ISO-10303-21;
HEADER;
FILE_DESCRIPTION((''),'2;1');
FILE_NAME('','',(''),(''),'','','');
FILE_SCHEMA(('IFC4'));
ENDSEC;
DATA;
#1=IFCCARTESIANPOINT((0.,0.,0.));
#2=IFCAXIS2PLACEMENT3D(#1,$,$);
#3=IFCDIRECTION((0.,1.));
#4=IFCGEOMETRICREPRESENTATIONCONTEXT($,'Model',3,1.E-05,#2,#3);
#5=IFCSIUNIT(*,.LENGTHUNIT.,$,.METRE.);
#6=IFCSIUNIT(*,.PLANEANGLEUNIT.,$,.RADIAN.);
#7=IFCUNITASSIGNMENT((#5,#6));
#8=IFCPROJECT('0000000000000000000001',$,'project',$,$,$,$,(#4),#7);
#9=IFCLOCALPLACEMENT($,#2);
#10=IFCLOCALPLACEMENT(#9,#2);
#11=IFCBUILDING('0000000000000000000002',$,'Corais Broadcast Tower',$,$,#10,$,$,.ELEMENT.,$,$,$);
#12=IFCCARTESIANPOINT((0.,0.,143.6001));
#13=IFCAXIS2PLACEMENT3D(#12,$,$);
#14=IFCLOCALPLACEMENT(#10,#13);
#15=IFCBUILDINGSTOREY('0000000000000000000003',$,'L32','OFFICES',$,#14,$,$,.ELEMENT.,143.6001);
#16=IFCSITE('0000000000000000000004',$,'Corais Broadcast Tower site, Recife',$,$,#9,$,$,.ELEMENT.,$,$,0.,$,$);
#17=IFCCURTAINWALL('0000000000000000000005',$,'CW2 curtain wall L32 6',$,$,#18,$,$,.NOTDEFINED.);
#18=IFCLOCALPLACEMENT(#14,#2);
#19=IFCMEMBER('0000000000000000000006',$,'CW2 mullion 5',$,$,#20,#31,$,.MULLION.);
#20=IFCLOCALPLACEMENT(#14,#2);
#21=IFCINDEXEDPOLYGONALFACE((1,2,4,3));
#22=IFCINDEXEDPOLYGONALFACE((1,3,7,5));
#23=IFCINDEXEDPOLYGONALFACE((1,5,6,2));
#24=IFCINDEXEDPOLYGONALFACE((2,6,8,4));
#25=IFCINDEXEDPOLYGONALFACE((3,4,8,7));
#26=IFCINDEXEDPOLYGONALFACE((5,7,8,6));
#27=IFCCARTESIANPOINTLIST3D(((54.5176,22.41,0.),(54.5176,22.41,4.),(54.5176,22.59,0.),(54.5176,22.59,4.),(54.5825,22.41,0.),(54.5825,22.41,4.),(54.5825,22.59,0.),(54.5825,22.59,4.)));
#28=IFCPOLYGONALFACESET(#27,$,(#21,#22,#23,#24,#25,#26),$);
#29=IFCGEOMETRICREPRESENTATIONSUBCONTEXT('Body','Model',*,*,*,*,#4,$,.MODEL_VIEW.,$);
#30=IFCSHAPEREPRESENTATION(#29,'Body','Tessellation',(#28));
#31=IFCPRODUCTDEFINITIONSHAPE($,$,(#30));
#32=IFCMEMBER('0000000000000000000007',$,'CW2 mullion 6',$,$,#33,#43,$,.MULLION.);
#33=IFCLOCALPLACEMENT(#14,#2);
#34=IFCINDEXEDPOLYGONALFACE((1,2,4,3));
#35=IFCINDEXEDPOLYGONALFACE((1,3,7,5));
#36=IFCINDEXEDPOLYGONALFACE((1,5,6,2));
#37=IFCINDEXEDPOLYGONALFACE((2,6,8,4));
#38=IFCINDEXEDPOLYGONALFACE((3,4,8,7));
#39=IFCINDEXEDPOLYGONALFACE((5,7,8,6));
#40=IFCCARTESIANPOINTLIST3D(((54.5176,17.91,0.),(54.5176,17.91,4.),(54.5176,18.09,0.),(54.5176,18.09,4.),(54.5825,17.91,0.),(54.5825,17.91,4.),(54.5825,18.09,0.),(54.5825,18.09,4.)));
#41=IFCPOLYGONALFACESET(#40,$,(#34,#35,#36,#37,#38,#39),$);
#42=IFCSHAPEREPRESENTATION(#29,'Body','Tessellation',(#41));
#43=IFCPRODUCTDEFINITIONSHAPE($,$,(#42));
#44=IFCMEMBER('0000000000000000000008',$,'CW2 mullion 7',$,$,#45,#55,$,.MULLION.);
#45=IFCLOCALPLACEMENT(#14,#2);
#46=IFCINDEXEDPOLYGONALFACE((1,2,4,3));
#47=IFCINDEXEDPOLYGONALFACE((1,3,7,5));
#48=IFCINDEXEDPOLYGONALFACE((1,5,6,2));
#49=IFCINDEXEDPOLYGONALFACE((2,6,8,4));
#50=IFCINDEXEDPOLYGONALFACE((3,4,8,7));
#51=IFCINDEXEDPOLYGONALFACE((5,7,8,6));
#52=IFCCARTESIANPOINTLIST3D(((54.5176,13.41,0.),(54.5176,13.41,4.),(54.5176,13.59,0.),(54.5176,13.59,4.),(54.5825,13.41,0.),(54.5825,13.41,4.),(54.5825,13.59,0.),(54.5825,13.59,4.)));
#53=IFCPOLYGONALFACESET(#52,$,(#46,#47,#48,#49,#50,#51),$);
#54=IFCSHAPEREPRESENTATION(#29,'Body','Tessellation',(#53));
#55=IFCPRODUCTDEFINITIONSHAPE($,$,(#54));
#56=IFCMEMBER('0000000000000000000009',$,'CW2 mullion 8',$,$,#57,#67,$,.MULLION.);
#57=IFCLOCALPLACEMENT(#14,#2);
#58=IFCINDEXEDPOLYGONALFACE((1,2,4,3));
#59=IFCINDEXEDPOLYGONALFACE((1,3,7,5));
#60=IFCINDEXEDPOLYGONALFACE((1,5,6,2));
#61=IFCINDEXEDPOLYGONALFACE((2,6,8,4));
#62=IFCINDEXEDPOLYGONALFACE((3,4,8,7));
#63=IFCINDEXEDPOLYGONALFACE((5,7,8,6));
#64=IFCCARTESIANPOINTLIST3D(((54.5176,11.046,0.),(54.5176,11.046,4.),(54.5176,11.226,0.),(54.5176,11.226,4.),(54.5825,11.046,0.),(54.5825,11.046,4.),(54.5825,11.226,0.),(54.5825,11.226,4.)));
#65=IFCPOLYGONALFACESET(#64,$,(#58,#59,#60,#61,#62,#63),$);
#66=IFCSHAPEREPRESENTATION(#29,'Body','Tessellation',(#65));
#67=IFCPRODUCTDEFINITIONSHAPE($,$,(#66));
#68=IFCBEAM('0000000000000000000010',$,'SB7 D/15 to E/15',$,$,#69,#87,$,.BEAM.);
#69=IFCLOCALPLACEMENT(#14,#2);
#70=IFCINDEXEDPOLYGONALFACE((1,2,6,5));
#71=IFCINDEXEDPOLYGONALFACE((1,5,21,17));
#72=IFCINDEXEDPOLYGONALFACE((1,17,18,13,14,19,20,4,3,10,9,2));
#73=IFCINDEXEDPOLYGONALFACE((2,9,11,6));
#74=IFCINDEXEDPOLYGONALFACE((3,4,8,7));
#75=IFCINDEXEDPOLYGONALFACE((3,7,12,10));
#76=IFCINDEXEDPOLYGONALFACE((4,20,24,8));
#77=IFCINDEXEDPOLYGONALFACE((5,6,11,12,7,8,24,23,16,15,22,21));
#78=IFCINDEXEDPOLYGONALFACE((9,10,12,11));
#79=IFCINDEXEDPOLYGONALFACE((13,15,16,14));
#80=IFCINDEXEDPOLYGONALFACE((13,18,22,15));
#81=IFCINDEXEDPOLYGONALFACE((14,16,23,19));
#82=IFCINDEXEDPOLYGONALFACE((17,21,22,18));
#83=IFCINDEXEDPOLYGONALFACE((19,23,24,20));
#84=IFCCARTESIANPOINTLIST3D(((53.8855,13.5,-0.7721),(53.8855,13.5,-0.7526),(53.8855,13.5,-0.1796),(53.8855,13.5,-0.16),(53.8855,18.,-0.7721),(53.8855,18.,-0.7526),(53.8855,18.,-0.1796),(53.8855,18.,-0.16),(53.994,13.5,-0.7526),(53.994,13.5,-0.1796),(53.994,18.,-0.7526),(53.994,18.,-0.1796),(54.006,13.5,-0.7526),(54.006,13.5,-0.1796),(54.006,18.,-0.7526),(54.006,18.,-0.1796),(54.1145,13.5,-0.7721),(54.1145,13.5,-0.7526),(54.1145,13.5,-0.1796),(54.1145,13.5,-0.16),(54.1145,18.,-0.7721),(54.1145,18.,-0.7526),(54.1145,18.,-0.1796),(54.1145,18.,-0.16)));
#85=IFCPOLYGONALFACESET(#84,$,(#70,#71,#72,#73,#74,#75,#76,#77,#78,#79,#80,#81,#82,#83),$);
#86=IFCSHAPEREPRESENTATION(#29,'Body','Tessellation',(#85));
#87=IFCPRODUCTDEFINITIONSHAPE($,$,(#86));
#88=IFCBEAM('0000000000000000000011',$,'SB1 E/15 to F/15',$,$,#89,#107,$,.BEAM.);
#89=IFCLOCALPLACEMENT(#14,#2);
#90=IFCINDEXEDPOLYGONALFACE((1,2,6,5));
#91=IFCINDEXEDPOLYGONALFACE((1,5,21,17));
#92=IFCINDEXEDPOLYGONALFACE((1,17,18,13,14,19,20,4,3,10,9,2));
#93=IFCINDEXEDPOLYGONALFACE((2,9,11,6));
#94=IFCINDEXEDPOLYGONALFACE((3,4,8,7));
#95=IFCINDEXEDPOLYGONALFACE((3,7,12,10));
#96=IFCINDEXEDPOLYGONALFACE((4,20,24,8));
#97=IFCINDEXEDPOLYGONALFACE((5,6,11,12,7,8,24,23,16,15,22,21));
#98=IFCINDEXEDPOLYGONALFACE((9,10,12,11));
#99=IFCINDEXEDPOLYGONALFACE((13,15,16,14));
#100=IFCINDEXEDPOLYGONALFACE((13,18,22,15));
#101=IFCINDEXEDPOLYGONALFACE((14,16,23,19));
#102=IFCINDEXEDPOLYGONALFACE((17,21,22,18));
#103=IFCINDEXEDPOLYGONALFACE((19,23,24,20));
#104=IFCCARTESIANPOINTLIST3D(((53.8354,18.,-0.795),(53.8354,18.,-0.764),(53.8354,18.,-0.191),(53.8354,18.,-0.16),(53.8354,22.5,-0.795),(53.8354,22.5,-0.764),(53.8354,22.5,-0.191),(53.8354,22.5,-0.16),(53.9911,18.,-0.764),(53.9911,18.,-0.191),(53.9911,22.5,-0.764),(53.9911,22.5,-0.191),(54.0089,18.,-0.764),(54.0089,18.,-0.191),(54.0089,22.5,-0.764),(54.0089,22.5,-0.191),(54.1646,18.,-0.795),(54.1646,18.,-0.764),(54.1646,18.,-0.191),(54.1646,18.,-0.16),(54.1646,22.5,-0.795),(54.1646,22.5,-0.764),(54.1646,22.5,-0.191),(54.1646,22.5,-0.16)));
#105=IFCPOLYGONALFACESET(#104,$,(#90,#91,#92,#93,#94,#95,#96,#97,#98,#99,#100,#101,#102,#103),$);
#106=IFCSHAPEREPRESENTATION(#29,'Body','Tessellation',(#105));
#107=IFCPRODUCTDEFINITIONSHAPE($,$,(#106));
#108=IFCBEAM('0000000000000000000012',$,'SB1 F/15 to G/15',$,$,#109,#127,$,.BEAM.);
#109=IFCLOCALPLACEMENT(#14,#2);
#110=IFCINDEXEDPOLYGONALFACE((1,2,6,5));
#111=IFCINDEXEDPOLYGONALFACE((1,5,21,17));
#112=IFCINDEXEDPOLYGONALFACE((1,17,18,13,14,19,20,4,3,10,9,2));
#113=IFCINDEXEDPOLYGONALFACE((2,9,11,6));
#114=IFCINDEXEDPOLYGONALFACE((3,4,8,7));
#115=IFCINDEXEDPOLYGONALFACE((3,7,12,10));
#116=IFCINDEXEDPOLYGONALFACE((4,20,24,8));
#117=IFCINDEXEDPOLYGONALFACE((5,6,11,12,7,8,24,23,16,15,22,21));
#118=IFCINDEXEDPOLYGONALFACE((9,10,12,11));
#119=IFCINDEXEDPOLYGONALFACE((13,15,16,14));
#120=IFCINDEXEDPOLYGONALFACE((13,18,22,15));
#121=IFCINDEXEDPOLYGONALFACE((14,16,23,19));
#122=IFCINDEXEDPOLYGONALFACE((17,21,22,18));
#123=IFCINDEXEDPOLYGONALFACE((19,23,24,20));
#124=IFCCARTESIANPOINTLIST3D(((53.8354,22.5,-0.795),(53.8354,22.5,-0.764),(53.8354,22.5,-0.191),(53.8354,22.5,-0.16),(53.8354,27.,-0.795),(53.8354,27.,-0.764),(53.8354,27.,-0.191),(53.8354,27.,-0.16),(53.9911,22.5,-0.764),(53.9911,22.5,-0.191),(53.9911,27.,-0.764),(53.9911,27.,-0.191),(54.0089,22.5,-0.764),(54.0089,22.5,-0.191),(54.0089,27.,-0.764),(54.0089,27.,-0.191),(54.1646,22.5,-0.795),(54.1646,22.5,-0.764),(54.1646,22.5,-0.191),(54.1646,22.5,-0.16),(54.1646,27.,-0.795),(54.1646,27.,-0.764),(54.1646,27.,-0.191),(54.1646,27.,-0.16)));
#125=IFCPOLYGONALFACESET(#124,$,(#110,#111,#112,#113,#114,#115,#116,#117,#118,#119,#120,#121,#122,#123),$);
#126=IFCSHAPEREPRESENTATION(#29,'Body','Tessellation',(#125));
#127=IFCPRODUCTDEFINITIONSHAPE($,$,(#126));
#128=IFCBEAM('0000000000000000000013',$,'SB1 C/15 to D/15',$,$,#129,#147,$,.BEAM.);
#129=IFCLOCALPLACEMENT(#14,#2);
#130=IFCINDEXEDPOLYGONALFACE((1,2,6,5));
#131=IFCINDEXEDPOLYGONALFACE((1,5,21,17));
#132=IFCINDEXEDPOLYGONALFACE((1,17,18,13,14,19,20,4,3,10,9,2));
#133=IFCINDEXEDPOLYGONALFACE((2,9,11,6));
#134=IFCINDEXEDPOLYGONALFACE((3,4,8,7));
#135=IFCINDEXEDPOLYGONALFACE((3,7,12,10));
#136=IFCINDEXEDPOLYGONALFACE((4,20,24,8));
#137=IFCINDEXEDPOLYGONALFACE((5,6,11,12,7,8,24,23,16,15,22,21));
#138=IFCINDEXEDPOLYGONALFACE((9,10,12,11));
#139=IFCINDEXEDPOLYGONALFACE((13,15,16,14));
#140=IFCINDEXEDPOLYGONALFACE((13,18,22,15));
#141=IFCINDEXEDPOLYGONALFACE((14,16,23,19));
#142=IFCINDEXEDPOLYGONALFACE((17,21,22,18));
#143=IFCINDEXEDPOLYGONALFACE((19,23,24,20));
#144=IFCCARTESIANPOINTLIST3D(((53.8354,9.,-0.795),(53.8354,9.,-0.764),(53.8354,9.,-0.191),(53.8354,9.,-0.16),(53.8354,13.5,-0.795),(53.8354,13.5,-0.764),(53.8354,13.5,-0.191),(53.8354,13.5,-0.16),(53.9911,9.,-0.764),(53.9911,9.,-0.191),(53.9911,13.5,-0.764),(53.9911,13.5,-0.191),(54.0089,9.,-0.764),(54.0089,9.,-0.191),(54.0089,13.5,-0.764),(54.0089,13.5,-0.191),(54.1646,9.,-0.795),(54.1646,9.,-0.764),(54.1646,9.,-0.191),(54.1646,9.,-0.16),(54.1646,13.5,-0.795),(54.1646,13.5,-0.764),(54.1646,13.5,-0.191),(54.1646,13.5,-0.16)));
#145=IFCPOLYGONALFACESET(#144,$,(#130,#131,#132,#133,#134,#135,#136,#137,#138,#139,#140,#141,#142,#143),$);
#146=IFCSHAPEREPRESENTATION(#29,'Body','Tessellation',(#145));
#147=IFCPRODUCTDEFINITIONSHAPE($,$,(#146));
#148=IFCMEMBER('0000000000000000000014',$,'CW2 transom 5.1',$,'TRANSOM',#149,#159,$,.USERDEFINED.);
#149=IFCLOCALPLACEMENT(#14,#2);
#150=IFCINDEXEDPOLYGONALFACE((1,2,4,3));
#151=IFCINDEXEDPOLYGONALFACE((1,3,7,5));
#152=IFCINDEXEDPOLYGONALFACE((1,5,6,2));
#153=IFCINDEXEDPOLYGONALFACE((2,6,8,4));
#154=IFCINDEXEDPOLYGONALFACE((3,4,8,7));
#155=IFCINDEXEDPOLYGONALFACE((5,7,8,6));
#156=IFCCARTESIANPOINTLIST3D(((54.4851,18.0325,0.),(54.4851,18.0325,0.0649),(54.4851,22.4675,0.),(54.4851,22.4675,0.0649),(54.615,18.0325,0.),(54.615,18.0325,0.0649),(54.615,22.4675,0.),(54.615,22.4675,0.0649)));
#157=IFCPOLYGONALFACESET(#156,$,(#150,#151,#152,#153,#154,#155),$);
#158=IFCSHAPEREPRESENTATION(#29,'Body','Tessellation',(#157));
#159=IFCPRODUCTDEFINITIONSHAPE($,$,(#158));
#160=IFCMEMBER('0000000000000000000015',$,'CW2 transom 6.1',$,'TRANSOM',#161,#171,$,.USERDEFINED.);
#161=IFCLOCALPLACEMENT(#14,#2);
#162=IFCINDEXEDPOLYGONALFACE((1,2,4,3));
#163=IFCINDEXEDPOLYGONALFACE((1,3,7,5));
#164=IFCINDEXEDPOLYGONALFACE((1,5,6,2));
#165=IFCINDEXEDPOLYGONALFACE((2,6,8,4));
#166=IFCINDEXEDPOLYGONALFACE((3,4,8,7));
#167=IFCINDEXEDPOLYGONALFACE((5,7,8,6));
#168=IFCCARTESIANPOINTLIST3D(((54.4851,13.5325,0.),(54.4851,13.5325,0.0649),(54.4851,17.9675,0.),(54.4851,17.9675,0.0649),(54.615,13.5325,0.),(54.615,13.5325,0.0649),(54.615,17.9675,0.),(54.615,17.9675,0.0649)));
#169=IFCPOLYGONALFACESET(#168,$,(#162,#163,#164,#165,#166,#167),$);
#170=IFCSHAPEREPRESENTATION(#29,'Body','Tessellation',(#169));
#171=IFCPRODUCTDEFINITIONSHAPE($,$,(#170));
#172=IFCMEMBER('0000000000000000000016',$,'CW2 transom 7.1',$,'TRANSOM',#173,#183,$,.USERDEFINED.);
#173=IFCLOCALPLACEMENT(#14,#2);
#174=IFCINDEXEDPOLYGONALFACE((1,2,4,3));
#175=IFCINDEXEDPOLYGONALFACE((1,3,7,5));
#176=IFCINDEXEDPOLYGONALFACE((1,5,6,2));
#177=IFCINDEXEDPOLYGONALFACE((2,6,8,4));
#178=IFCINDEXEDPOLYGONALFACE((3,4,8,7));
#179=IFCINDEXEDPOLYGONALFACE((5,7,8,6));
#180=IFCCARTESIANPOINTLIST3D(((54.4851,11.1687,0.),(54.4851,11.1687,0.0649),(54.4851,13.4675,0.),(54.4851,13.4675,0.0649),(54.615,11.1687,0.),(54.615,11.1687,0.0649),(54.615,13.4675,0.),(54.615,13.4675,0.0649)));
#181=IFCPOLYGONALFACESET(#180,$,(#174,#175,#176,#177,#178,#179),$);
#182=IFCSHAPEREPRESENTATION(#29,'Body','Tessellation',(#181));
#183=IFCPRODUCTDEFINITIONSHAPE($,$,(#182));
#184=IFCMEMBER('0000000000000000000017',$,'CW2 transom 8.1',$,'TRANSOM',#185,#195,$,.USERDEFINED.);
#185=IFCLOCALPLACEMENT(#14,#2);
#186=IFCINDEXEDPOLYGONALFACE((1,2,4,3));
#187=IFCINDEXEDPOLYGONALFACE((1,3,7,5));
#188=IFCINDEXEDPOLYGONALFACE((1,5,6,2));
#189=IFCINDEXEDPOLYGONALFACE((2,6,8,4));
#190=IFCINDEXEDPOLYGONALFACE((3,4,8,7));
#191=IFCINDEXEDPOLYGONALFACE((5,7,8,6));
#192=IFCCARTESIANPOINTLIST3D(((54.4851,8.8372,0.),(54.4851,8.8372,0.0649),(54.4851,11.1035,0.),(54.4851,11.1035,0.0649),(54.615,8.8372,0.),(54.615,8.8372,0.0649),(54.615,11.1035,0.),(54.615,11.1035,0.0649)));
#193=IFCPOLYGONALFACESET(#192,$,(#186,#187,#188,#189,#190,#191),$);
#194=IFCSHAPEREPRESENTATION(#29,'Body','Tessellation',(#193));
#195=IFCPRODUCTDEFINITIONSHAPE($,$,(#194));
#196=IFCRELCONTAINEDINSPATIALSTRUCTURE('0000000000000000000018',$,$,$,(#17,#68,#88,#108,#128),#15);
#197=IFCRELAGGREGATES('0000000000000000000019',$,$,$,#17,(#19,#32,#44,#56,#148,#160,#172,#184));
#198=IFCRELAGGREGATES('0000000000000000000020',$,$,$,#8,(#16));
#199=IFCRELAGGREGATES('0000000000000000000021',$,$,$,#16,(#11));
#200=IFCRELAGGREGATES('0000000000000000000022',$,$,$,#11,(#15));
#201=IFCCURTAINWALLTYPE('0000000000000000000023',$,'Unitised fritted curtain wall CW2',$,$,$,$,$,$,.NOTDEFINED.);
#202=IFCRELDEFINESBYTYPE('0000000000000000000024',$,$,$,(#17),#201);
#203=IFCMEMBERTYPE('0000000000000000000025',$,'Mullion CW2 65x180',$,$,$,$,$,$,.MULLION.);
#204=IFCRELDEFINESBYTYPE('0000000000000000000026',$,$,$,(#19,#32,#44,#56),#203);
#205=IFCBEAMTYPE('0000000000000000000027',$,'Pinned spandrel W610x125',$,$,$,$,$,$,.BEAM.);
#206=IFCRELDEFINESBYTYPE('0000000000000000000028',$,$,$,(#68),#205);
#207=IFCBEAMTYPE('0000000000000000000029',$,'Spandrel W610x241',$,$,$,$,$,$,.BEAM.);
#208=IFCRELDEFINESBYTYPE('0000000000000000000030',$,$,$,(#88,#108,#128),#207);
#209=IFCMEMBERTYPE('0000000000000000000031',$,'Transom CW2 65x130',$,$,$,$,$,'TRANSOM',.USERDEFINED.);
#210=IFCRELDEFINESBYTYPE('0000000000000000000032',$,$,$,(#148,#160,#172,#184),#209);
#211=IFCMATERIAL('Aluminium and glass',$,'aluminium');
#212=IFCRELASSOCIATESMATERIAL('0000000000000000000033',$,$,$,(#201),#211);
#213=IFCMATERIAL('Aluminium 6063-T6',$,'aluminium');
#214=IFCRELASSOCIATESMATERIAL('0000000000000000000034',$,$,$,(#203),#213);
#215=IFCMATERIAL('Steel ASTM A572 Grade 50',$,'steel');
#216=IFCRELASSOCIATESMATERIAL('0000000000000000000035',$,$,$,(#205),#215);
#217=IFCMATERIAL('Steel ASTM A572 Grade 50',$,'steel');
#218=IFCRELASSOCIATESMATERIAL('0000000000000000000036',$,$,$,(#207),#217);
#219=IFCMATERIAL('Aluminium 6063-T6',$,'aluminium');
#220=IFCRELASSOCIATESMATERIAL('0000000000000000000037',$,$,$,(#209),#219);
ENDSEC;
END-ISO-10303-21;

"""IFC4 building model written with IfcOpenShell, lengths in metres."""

from ifc_helpers import new_model, si_unit, direction, frame, origin, origin_2d, place, context, subcontext, project, spatial, rectangle, i_section, extrude, material, material_profile, profile_set, type_object, element, aggregate, save


model = new_model("IFC4")

# Units and contexts
model_context = context("Model", 3, precision=1e-05, world=origin(), true_north=direction((0.0, 1.0)))
body_context = subcontext(model_context, "Body", "Model", "MODEL_VIEW")
ifc_project = project(units=[si_unit("LENGTHUNIT", "METRE"), si_unit("PLANEANGLEUNIT", "RADIAN")], contexts=[model_context])

# Site, building, storey
site_placement = place(None, origin())
site = spatial("IfcSite", under=ifc_project, at=site_placement, Name="Corais Broadcast Tower site, Recife", CompositionType="ELEMENT", RefElevation=0.0)
building_placement = place(site_placement, origin())
building = spatial("IfcBuilding", under=site, at=building_placement, Name="Corais Broadcast Tower", CompositionType="ELEMENT")
storey_placement = place(building_placement, frame((0.0, 0.0, 143.6001)))
storey = spatial("IfcBuildingStorey", under=building, at=storey_placement, Name="L32", Description="OFFICES", CompositionType="ELEMENT", Elevation=143.6001)

# Curtain wall, members
ifc_material_1 = material(Name="Aluminium and glass", Category="aluminium")
curtain_wall_type = type_object("IfcCurtainWallType", Name="Unitised fritted curtain wall CW2", PredefinedType="NOTDEFINED", material=ifc_material_1)
curtain_wall_placement = place(storey_placement, origin())
curtain_wall = element("IfcCurtainWall", 1, at=curtain_wall_placement, inside=storey, type_object=curtain_wall_type, Name="CW2 curtain wall L32 6", PredefinedType="NOTDEFINED")
ifc_material_2 = material(Name="Aluminium 6063-T6", Category="aluminium")
ifc_material_profile_1 = material_profile(ifc_material_2, rectangle(XDim=0.0649, YDim=0.1799, at=origin_2d()), Name="Mullion CW2 65x180")
ifc_profile_set_1 = profile_set([ifc_material_profile_1], Name="Aluminium 6063-T6")
member_type_1 = type_object("IfcMemberType", Name="Mullion CW2 65x180", PredefinedType="MULLION", material=ifc_profile_set_1)
member_1_placement = place(storey_placement, frame((54.55, 22.5, 0.0), z_axis=(0.0, 0.0, 1.0), x_axis=(1.0, 0.0, 0.0)))
member_1 = element("IfcMember", 2, at=member_1_placement, type_object=member_type_1, Name="CW2 mullion 5", PredefinedType="MULLION", context=body_context, shape_type="SweptSolid", body=[
    extrude(rectangle(XDim=0.0649, YDim=0.1799, at=origin_2d()), origin(), (0.0, 0.0, 1.0), 4.0),
])
member_2_placement = place(storey_placement, frame((54.55, 18.0, 0.0), z_axis=(0.0, 0.0, 1.0), x_axis=(1.0, 0.0, 0.0)))
member_2 = element("IfcMember", 3, at=member_2_placement, type_object=member_type_1, Name="CW2 mullion 6", PredefinedType="MULLION", context=body_context, shape_type="SweptSolid", body=[
    extrude(rectangle(XDim=0.0649, YDim=0.1799, at=origin_2d()), origin(), (0.0, 0.0, 1.0), 4.0),
])
member_3_placement = place(storey_placement, frame((54.55, 13.5, 0.0), z_axis=(0.0, 0.0, 1.0), x_axis=(1.0, 0.0, 0.0)))
member_3 = element("IfcMember", 4, at=member_3_placement, type_object=member_type_1, Name="CW2 mullion 7", PredefinedType="MULLION", context=body_context, shape_type="SweptSolid", body=[
    extrude(rectangle(XDim=0.0649, YDim=0.1799, at=origin_2d()), origin(), (0.0, 0.0, 1.0), 4.0),
])
member_4_placement = place(storey_placement, frame((54.55, 11.136, 0.0), z_axis=(0.0, 0.0, 1.0), x_axis=(1.0, 0.0, 0.0)))
member_4 = element("IfcMember", 5, at=member_4_placement, type_object=member_type_1, Name="CW2 mullion 8", PredefinedType="MULLION", context=body_context, shape_type="SweptSolid", body=[
    extrude(rectangle(XDim=0.0649, YDim=0.1799, at=origin_2d()), origin(), (0.0, 0.0, 1.0), 4.0),
])

# Beams
ifc_material_3 = material(Name="Steel ASTM A572 Grade 50", Category="steel")
ifc_material_profile_2 = material_profile(ifc_material_3, i_section(OverallWidth=0.229, OverallDepth=0.6121, WebThickness=0.012, FlangeThickness=0.0195, at=origin_2d()), Name="W610x125")
ifc_profile_set_2 = profile_set([ifc_material_profile_2], Name="Steel ASTM A572 Grade 50")
beam_type_1 = type_object("IfcBeamType", Name="Pinned spandrel W610x125", PredefinedType="BEAM", material=ifc_profile_set_2)
beam_1_placement = place(storey_placement, frame((54.0, 13.5, -0.4661), z_axis=(0.0, 1.0, 0.0), x_axis=(-1.0, 0.0, 0.0)))
element("IfcBeam", 6, at=beam_1_placement, inside=storey, type_object=beam_type_1, Name="SB7 D/15 to E/15", PredefinedType="BEAM", context=body_context, shape_type="SweptSolid", body=[
    extrude(i_section(OverallWidth=0.229, OverallDepth=0.6121, WebThickness=0.012, FlangeThickness=0.0195, at=origin_2d()), origin(), (0.0, 0.0, 1.0), 4.5),
])
ifc_material_4 = material(Name="Steel ASTM A572 Grade 50", Category="steel")
ifc_material_profile_3 = material_profile(ifc_material_4, i_section(OverallWidth=0.3291, OverallDepth=0.635, WebThickness=0.0178, FlangeThickness=0.031, at=origin_2d()), Name="W610x241")
ifc_profile_set_3 = profile_set([ifc_material_profile_3], Name="Steel ASTM A572 Grade 50")
beam_type_2 = type_object("IfcBeamType", Name="Spandrel W610x241", PredefinedType="BEAM", material=ifc_profile_set_3)
for number, where, z_axis, x_axis, name in (
    (7, (54.0, 18.0, -0.4775), (0.0, 1.0, 0.0), (-1.0, 0.0, 0.0), "SB1 E/15 to F/15"),
    (8, (54.0, 22.5, -0.4775), (0.0, 1.0, 0.0), (-1.0, 0.0, 0.0), "SB1 F/15 to G/15"),
    (9, (54.0, 9.0, -0.4775), (0.0, 1.0, 0.0), (-1.0, 0.0, 0.0), "SB1 C/15 to D/15"),
):
    element("IfcBeam", number, at=place(storey_placement, frame(where, z_axis=z_axis, x_axis=x_axis)), inside=storey, type_object=beam_type_2, Name=name, PredefinedType="BEAM", context=body_context, shape_type="SweptSolid", body=[
        extrude(i_section(OverallWidth=0.3291, OverallDepth=0.635, WebThickness=0.0178, FlangeThickness=0.031, at=origin_2d()), origin(), (0.0, 0.0, 1.0), 4.5),
    ])

# Members
ifc_material_5 = material(Name="Aluminium 6063-T6", Category="aluminium")
ifc_material_profile_4 = material_profile(ifc_material_5, rectangle(XDim=0.1299, YDim=0.0649, at=origin_2d()), Name="Transom CW2 65x130")
ifc_profile_set_4 = profile_set([ifc_material_profile_4], Name="Aluminium 6063-T6")
member_type_2 = type_object("IfcMemberType", Name="Transom CW2 65x130", ElementType="TRANSOM", PredefinedType="USERDEFINED", material=ifc_profile_set_4)
member_5_placement = place(storey_placement, frame((54.55, 22.4675, 0.0325), z_axis=(0.0, -1.0, 0.0), x_axis=(1.0, 0.0, 0.0)))
member_5 = element("IfcMember", 10, at=member_5_placement, type_object=member_type_2, Name="CW2 transom 5.1", ObjectType="TRANSOM", PredefinedType="USERDEFINED", context=body_context, shape_type="SweptSolid", body=[
    extrude(rectangle(XDim=0.1299, YDim=0.0649, at=origin_2d()), origin(), (0.0, 0.0, 1.0), 4.4351),
])
member_6_placement = place(storey_placement, frame((54.55, 17.9675, 0.0325), z_axis=(0.0, -1.0, 0.0), x_axis=(1.0, 0.0, 0.0)))
member_6 = element("IfcMember", 11, at=member_6_placement, type_object=member_type_2, Name="CW2 transom 6.1", ObjectType="TRANSOM", PredefinedType="USERDEFINED", context=body_context, shape_type="SweptSolid", body=[
    extrude(rectangle(XDim=0.1299, YDim=0.0649, at=origin_2d()), origin(), (0.0, 0.0, 1.0), 4.4351),
])
member_7_placement = place(storey_placement, frame((54.55, 13.4675, 0.0325), z_axis=(0.0, -1.0, 0.0), x_axis=(1.0, 0.0, 0.0)))
member_7 = element("IfcMember", 12, at=member_7_placement, type_object=member_type_2, Name="CW2 transom 7.1", ObjectType="TRANSOM", PredefinedType="USERDEFINED", context=body_context, shape_type="SweptSolid", body=[
    extrude(rectangle(XDim=0.1299, YDim=0.0649, at=origin_2d()), origin(), (0.0, 0.0, 1.0), 2.2988),
])
member_8_placement = place(storey_placement, frame((54.55, 11.1035, 0.0325), z_axis=(0.0, -1.0, 0.0), x_axis=(1.0, 0.0, 0.0)))
member_8 = element("IfcMember", 13, at=member_8_placement, type_object=member_type_2, Name="CW2 transom 8.1", ObjectType="TRANSOM", PredefinedType="USERDEFINED", context=body_context, shape_type="SweptSolid", body=[
    extrude(rectangle(XDim=0.1299, YDim=0.0649, at=origin_2d()), origin(), (0.0, 0.0, 1.0), 2.2664),
])

aggregate(curtain_wall, [member_1, member_2, member_3, member_4, member_5, member_6, member_7, member_8])

save(model, "model.ifc")
